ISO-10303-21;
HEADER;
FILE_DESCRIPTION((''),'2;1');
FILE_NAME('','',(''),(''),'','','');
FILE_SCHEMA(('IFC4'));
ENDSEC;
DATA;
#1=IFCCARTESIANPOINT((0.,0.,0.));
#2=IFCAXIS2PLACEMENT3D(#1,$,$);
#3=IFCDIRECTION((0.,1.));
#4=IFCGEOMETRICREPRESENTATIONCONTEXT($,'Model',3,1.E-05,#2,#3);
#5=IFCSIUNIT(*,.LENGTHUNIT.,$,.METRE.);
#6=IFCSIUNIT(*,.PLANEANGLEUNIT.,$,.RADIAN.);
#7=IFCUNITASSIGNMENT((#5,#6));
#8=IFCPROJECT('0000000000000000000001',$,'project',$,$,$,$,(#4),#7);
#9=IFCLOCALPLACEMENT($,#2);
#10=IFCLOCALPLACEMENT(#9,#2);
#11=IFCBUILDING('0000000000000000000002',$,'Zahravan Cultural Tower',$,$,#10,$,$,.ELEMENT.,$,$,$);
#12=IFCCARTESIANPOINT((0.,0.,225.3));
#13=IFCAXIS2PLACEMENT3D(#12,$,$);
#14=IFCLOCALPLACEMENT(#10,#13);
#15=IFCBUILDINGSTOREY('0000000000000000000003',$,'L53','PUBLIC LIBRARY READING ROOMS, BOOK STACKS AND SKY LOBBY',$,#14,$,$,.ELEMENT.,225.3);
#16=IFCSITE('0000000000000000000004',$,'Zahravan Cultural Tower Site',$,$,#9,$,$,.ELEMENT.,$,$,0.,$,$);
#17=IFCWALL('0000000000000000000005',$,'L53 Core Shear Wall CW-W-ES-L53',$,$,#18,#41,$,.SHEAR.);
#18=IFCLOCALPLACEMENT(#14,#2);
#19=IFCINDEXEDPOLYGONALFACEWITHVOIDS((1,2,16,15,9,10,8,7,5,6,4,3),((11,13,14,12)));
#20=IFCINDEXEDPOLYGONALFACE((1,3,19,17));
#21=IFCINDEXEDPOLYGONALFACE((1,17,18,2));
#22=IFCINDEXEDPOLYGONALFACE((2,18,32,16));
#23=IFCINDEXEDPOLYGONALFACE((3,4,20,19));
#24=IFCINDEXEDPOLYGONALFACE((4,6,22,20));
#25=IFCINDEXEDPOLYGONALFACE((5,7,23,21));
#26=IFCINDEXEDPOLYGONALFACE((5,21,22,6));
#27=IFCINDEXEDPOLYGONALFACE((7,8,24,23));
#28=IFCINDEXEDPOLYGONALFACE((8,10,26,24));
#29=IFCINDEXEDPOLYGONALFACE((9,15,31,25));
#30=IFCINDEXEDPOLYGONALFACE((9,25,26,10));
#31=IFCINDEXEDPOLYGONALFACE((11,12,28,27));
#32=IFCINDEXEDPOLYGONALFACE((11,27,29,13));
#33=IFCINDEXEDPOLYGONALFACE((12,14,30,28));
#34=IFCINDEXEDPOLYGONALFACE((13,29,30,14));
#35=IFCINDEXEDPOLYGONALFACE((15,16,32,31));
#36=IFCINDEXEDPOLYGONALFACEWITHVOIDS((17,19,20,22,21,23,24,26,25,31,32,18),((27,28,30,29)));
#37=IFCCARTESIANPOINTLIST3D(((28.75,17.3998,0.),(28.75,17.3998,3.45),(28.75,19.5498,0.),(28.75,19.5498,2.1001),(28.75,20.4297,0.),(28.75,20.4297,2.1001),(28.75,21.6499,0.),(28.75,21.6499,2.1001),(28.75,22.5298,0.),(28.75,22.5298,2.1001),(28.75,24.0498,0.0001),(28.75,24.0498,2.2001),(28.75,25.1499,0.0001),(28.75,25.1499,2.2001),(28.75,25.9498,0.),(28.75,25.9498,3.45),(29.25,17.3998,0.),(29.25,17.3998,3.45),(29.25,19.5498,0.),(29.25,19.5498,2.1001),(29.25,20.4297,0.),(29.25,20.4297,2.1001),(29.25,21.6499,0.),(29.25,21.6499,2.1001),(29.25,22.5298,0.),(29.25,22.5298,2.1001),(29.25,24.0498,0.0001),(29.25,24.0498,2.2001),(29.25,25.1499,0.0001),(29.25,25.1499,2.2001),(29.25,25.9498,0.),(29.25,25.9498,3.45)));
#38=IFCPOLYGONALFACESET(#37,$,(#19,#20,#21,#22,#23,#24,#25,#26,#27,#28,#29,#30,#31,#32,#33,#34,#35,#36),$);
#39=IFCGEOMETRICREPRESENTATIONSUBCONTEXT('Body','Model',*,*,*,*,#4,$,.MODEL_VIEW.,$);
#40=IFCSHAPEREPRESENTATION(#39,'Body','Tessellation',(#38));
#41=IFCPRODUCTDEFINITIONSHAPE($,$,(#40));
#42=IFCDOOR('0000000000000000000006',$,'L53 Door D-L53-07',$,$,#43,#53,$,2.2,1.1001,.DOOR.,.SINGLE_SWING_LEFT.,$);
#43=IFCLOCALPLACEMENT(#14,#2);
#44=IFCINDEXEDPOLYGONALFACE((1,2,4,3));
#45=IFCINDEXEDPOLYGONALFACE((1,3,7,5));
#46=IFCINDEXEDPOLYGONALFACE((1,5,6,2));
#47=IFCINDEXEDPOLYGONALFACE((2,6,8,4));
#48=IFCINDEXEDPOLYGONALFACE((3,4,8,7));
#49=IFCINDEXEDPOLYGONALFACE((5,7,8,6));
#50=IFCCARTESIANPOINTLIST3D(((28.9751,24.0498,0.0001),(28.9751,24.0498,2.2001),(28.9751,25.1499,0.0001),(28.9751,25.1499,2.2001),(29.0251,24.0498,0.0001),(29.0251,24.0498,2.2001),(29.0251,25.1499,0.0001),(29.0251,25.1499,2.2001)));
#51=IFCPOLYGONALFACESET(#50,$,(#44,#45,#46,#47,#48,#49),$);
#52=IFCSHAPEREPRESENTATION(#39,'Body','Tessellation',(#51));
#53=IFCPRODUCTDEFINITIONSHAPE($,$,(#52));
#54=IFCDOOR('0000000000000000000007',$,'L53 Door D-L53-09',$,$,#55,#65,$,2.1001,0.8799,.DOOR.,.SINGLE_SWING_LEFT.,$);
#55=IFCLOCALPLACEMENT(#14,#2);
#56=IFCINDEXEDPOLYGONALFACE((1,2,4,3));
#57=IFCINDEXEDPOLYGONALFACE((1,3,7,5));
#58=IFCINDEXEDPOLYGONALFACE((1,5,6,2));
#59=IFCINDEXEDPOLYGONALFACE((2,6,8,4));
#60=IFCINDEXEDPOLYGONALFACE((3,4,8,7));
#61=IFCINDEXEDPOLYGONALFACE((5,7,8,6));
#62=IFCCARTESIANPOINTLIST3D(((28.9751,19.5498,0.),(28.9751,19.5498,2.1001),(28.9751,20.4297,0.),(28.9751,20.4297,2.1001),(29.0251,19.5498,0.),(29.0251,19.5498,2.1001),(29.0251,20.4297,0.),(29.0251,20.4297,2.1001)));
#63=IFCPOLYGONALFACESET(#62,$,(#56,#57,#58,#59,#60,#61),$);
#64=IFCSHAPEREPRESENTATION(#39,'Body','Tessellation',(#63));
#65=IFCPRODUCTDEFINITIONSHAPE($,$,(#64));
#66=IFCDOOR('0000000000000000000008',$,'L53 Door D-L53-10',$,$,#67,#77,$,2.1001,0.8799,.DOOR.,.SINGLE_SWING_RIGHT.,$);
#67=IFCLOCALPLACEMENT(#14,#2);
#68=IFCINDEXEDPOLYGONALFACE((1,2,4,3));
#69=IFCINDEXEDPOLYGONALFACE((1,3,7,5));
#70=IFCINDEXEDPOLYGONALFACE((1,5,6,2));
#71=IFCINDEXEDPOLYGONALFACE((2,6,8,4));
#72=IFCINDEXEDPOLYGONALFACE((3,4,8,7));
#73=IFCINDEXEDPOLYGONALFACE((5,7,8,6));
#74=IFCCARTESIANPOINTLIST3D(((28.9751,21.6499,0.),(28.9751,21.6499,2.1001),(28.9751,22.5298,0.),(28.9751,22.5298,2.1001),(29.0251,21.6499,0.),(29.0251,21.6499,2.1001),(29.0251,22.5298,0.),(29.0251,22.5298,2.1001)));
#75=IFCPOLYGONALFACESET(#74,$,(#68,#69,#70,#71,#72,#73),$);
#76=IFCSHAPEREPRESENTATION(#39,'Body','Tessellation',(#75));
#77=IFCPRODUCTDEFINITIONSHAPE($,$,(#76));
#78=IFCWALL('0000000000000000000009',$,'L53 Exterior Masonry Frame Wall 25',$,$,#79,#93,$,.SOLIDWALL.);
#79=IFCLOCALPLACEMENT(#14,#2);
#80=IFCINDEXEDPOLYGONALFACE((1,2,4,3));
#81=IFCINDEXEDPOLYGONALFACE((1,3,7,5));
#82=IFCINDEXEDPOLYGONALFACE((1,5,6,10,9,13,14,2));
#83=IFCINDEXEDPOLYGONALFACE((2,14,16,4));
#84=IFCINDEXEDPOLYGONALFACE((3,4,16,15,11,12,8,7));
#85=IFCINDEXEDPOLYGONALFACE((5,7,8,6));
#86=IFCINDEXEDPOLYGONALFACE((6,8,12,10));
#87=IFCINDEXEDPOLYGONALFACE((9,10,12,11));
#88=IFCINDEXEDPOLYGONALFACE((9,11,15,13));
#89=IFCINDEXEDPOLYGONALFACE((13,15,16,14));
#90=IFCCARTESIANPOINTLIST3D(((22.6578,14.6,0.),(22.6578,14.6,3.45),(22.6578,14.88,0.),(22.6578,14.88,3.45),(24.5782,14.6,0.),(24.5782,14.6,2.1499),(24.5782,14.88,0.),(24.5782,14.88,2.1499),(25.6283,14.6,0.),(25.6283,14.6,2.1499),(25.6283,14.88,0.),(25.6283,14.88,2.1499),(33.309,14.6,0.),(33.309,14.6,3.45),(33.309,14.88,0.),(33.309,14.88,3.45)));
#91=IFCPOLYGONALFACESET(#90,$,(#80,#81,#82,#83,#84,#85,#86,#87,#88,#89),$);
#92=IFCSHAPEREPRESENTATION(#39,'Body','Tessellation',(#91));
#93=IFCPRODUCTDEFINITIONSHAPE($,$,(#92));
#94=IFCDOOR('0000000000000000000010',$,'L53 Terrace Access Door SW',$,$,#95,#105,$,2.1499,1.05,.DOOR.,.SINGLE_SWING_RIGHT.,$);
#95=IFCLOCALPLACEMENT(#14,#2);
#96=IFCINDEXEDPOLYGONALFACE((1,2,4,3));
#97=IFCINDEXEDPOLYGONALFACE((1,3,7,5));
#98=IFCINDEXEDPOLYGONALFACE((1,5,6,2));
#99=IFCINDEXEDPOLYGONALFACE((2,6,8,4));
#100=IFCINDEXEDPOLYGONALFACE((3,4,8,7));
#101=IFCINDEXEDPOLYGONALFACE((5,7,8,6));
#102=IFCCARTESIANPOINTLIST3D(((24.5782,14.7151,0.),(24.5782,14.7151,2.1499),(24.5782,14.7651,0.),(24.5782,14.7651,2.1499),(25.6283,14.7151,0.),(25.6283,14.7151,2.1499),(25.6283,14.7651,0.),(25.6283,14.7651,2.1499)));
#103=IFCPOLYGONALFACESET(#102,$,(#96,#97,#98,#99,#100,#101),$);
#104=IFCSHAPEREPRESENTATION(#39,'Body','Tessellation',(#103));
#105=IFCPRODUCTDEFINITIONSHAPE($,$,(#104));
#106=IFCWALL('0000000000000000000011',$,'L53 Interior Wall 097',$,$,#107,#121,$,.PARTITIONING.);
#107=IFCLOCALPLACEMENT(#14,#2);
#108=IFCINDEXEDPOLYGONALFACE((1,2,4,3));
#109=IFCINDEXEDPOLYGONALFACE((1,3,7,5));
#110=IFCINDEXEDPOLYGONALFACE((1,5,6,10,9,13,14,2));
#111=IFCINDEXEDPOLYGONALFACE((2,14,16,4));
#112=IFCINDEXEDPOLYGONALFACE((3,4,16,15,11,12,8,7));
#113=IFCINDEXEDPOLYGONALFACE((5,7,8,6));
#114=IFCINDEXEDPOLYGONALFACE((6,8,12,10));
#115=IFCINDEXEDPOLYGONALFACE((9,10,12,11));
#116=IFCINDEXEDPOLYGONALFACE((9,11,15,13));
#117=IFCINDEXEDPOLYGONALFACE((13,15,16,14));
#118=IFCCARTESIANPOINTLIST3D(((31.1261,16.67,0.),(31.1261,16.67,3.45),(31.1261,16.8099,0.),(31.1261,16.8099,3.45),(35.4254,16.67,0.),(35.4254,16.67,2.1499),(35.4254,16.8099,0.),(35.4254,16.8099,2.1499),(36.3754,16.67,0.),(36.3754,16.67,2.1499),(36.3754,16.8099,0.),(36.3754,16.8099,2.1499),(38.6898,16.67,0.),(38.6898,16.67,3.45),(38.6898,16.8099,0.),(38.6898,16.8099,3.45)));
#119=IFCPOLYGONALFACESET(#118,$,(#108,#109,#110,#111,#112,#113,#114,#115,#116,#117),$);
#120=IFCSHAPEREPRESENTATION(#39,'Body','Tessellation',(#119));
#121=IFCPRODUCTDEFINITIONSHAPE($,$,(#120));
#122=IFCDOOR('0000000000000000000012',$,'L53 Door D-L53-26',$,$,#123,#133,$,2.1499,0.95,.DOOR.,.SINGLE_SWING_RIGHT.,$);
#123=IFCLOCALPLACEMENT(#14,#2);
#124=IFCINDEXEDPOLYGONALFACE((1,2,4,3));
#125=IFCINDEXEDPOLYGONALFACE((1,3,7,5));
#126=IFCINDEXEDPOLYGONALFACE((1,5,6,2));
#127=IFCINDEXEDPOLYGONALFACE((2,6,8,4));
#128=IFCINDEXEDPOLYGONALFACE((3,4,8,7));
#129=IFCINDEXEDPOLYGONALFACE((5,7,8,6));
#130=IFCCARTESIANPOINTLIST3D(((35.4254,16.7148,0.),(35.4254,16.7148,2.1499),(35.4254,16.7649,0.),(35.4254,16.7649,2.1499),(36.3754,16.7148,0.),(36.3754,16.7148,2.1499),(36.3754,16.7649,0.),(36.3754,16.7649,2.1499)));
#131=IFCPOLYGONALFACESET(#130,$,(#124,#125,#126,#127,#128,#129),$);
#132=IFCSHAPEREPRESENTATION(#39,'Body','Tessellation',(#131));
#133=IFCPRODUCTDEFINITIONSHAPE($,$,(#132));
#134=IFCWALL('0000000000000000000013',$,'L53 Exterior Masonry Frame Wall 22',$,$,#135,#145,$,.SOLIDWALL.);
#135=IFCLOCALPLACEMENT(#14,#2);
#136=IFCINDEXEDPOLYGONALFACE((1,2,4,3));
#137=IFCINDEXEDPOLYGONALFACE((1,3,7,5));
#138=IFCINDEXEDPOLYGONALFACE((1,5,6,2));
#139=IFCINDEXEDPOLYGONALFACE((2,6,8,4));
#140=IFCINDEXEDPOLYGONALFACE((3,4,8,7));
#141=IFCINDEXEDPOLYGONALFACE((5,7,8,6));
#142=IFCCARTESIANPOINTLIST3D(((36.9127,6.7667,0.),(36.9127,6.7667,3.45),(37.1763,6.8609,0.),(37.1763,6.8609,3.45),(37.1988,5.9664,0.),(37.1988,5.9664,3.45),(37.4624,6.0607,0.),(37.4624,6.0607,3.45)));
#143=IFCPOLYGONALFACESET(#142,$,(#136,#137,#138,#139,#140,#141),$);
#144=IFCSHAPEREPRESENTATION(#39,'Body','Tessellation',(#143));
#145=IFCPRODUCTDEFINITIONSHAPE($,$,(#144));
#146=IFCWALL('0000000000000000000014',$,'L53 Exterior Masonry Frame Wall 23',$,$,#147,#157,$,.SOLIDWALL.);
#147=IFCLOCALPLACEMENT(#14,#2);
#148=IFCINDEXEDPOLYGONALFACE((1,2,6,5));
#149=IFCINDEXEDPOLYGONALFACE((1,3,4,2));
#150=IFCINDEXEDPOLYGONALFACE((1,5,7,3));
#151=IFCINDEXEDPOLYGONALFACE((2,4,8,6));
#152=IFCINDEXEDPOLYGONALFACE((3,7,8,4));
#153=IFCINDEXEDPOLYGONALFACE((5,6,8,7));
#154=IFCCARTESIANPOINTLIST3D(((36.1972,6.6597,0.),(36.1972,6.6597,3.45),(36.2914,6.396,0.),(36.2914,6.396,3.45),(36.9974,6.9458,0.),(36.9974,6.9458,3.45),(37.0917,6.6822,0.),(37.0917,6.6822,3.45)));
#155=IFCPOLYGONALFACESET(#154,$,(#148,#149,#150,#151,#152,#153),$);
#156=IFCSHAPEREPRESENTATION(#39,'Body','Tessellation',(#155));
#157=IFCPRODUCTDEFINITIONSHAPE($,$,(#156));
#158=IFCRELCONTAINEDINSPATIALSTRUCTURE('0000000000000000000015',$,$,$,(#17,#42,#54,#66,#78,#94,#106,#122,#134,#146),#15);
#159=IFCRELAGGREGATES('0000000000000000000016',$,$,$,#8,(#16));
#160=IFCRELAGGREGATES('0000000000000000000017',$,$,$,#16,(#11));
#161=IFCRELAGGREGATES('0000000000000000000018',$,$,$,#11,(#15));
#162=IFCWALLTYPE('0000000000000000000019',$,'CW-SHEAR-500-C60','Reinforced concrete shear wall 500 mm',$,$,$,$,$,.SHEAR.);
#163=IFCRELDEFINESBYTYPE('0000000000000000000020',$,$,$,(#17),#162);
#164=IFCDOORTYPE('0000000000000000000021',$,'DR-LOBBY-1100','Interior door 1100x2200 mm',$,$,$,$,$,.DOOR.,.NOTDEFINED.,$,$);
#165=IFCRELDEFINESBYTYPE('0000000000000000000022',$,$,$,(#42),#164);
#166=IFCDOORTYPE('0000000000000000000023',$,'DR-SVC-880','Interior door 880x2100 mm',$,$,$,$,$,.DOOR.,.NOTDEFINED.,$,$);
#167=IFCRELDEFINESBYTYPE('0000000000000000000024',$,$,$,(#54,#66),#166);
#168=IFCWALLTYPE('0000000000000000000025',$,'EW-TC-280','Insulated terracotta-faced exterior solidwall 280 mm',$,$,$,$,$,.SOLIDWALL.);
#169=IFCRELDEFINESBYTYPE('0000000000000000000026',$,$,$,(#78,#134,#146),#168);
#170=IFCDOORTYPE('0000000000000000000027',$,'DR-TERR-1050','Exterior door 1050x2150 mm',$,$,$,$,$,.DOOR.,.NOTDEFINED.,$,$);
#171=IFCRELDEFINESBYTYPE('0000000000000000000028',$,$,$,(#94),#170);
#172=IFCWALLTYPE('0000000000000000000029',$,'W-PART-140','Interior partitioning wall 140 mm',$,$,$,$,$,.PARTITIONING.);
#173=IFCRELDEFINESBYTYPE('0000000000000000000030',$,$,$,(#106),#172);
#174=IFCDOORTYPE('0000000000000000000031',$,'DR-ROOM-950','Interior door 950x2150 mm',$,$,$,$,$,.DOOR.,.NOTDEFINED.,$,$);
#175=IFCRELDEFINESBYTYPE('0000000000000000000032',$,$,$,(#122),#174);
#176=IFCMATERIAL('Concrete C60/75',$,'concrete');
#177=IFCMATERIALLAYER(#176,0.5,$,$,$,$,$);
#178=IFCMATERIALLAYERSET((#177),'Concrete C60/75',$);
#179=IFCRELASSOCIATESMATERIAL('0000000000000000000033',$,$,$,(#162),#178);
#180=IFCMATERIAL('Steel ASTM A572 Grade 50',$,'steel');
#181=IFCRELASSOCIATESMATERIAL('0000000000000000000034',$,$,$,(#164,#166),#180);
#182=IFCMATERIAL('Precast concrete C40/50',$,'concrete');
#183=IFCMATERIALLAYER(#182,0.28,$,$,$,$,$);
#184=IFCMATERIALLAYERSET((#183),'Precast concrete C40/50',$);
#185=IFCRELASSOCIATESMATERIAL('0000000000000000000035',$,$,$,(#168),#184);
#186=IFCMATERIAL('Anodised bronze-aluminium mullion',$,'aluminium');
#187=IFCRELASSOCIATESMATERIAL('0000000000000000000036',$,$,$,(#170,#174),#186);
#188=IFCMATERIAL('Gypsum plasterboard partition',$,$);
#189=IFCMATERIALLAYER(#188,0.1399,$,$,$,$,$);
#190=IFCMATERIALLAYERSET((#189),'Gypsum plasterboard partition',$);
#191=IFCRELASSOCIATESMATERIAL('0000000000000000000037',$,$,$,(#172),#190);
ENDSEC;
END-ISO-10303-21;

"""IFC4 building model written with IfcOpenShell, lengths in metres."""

from ifc_helpers import new_model, si_unit, direction, frame, frame_2d, origin, place, context, subcontext, project, spatial, rectangle, extrude, source, transform, mapped, material, layer, layer_set, type_object, element, fill, save


model = new_model("IFC4")

# Units and contexts
model_context = context("Model", 3, precision=1e-05, world=origin(), true_north=direction((0.0, 1.0)))
body_context = subcontext(model_context, "Body", "Model", "MODEL_VIEW")
ifc_project = project(units=[si_unit("LENGTHUNIT", "METRE"), si_unit("PLANEANGLEUNIT", "RADIAN")], contexts=[model_context])

# Site, building, storey
site_placement = place(None, origin())
site = spatial("IfcSite", under=ifc_project, at=site_placement, Name="Zahravan Cultural Tower Site", CompositionType="ELEMENT", RefElevation=0.0)
building_placement = place(site_placement, origin())
building = spatial("IfcBuilding", under=site, at=building_placement, Name="Zahravan Cultural Tower", CompositionType="ELEMENT")
storey_placement = place(building_placement, frame((0.0, 0.0, 225.3)))
storey = spatial("IfcBuildingStorey", under=building, at=storey_placement, Name="L53", Description="PUBLIC LIBRARY READING ROOMS, BOOK STACKS AND SKY LOBBY", CompositionType="ELEMENT", Elevation=225.3)

# Wall, openings, doors
ifc_material_1 = material(Name="Concrete C60/75", Category="concrete")
ifc_layer_1 = layer(ifc_material_1, 0.5)
ifc_layer_set_1 = layer_set([ifc_layer_1], Name="Concrete C60/75")
wall_type_1 = type_object("IfcWallType", Name="CW-SHEAR-500-C60", Description="Reinforced concrete shear wall 500 mm", PredefinedType="SHEAR", material=ifc_layer_set_1)
wall_1_placement = place(storey_placement, frame((29.0, 17.3999, 0.0), z_axis=(0.0, 0.0, 1.0), x_axis=(0.0, 1.0, 0.0)))
wall_1 = element("IfcWall", 1, at=wall_1_placement, inside=storey, type_object=wall_type_1, Name="L53 Core Shear Wall CW-W-ES-L53", PredefinedType="SHEAR", context=body_context, shape_type="SweptSolid", body=[
    extrude(rectangle(XDim=8.55, YDim=0.5, at=frame_2d((4.2749, 0.0))), origin(), (0.0, 0.0, 1.0), 3.45),
])
opening_1_placement = place(wall_1_placement, frame((6.6499, 0.0, 0.0)))
opening_1 = element("IfcOpeningElement", 2, at=opening_1_placement, cuts=wall_1, PredefinedType="OPENING", context=body_context, shape_type="SweptSolid", body=[
    extrude(rectangle(XDim=1.1001, YDim=2.2, at=frame_2d((0.55, 1.1001))), frame((0.0, 0.26, 0.0), z_axis=(0.0, -1.0, 0.0), x_axis=(1.0, 0.0, 0.0)), (0.0, 0.0, 1.0), 0.52),
])
opening_2_placement = place(wall_1_placement, frame((2.1499, 0.0, 0.0)))
opening_2 = element("IfcOpeningElement", 3, at=opening_2_placement, cuts=wall_1, PredefinedType="OPENING", context=body_context, shape_type="SweptSolid", body=[
    extrude(rectangle(XDim=0.8799, YDim=2.1001, at=frame_2d((0.4399, 1.05))), frame((0.0, 0.26, 0.0), z_axis=(0.0, -1.0, 0.0), x_axis=(1.0, 0.0, 0.0)), (0.0, 0.0, 1.0), 0.52),
])
opening_3_placement = place(wall_1_placement, frame((4.25, 0.0, 0.0)))
opening_3 = element("IfcOpeningElement", 4, at=opening_3_placement, cuts=wall_1, PredefinedType="OPENING", context=body_context, shape_type="SweptSolid", body=[
    extrude(rectangle(XDim=0.8799, YDim=2.1001, at=frame_2d((0.4399, 1.05))), frame((0.0, 0.26, 0.0), z_axis=(0.0, -1.0, 0.0), x_axis=(1.0, 0.0, 0.0)), (0.0, 0.0, 1.0), 0.52),
])
ifc_material_2 = material(Name="Steel ASTM A572 Grade 50", Category="steel")
door_type_1 = type_object("IfcDoorType", Name="DR-LOBBY-1100", Description="Interior door 1100x2200 mm", OperationType="NOTDEFINED", PredefinedType="DOOR", material=ifc_material_2)
shared_shape_1 = source(origin(), body_context, "Body", "SweptSolid", [
    extrude(rectangle(XDim=1.1001, YDim=2.2, at=frame_2d((0.55, 1.1001))), frame((0.0, 0.0249, 0.0), z_axis=(0.0, -1.0, 0.0), x_axis=(1.0, 0.0, 0.0)), (0.0, 0.0, 1.0), 0.05),
])
door_1_placement = place(opening_1_placement, origin())
door_1 = element("IfcDoor", 5, at=door_1_placement, inside=storey, type_object=door_type_1, Name="L53 Door D-L53-07", OperationType="SINGLE_SWING_LEFT", OverallHeight=2.2, OverallWidth=1.1001, PredefinedType="DOOR", context=body_context, shape_type="MappedRepresentation", body=[
    mapped(shared_shape_1, transform((0.0, 0.0, 0.0), x_axis=(1.0, 0.0, 0.0), y_axis=(0.0, 1.0, 0.0), z_axis=(0.0, 0.0, 1.0), scale=1.0)),
])
fill(opening_1, door_1)
door_type_2 = type_object("IfcDoorType", Name="DR-SVC-880", Description="Interior door 880x2100 mm", OperationType="NOTDEFINED", PredefinedType="DOOR", material=ifc_material_2)
shared_shape_2 = source(origin(), body_context, "Body", "SweptSolid", [
    extrude(rectangle(XDim=0.8799, YDim=2.1001, at=frame_2d((0.4399, 1.05))), frame((0.0, 0.0249, 0.0), z_axis=(0.0, -1.0, 0.0), x_axis=(1.0, 0.0, 0.0)), (0.0, 0.0, 1.0), 0.05),
])
door_2_placement = place(opening_2_placement, origin())
door_2 = element("IfcDoor", 6, at=door_2_placement, inside=storey, type_object=door_type_2, Name="L53 Door D-L53-09", OperationType="SINGLE_SWING_LEFT", OverallHeight=2.1001, OverallWidth=0.8799, PredefinedType="DOOR", context=body_context, shape_type="MappedRepresentation", body=[
    mapped(shared_shape_2, transform((0.0, 0.0, 0.0), x_axis=(1.0, 0.0, 0.0), y_axis=(0.0, 1.0, 0.0), z_axis=(0.0, 0.0, 1.0), scale=1.0)),
])
fill(opening_2, door_2)
door_3_placement = place(opening_3_placement, origin())
door_3 = element("IfcDoor", 7, at=door_3_placement, inside=storey, type_object=door_type_2, Name="L53 Door D-L53-10", OperationType="SINGLE_SWING_RIGHT", OverallHeight=2.1001, OverallWidth=0.8799, PredefinedType="DOOR", context=body_context, shape_type="MappedRepresentation", body=[
    mapped(shared_shape_2, transform((0.0, 0.0, 0.0), x_axis=(1.0, 0.0, 0.0), y_axis=(0.0, 1.0, 0.0), z_axis=(0.0, 0.0, 1.0), scale=1.0)),
])
fill(opening_3, door_3)

# Walls, openings, doors
ifc_material_3 = material(Name="Precast concrete C40/50", Category="concrete")
ifc_layer_2 = layer(ifc_material_3, 0.28)
ifc_layer_set_2 = layer_set([ifc_layer_2], Name="Precast concrete C40/50")
wall_type_2 = type_object("IfcWallType", Name="EW-TC-280", Description="Insulated terracotta-faced exterior solidwall 280 mm", PredefinedType="SOLIDWALL", material=ifc_layer_set_2)
wall_2_placement = place(storey_placement, frame((33.3091, 14.74, 0.0), z_axis=(0.0, 0.0, 1.0), x_axis=(-1.0, 0.0, 0.0)))
wall_2 = element("IfcWall", 8, at=wall_2_placement, inside=storey, type_object=wall_type_2, Name="L53 Exterior Masonry Frame Wall 25", PredefinedType="SOLIDWALL", context=body_context, shape_type="SweptSolid", body=[
    extrude(rectangle(XDim=10.6511, YDim=0.28, at=frame_2d((5.3257, 0.0))), origin(), (0.0, 0.0, 1.0), 3.45),
])
opening_4_placement = place(wall_2_placement, frame((7.6809, 0.0, 0.0)))
opening_4 = element("IfcOpeningElement", 9, at=opening_4_placement, cuts=wall_2, PredefinedType="OPENING", context=body_context, shape_type="SweptSolid", body=[
    extrude(rectangle(XDim=1.05, YDim=2.1499, at=frame_2d((0.5249, 1.075))), frame((0.0, 0.1499, 0.0), z_axis=(0.0, -1.0, 0.0), x_axis=(1.0, 0.0, 0.0)), (0.0, 0.0, 1.0), 0.3),
])
ifc_material_4 = material(Name="Anodised bronze-aluminium mullion", Category="aluminium")
door_type_3 = type_object("IfcDoorType", Name="DR-TERR-1050", Description="Exterior door 1050x2150 mm", OperationType="NOTDEFINED", PredefinedType="DOOR", material=ifc_material_4)
shared_shape_3 = source(origin(), body_context, "Body", "SweptSolid", [
    extrude(rectangle(XDim=1.05, YDim=2.1499, at=frame_2d((0.5249, 1.075))), frame((0.0, 0.0249, 0.0), z_axis=(0.0, -1.0, 0.0), x_axis=(1.0, 0.0, 0.0)), (0.0, 0.0, 1.0), 0.05),
])
door_4_placement = place(opening_4_placement, origin())
door_4 = element("IfcDoor", 10, at=door_4_placement, inside=storey, type_object=door_type_3, Name="L53 Terrace Access Door SW", OperationType="SINGLE_SWING_RIGHT", OverallHeight=2.1499, OverallWidth=1.05, PredefinedType="DOOR", context=body_context, shape_type="MappedRepresentation", body=[
    mapped(shared_shape_3, transform((0.0, 0.0, 0.0), x_axis=(1.0, 0.0, 0.0), y_axis=(0.0, 1.0, 0.0), z_axis=(0.0, 0.0, 1.0), scale=1.0)),
])
fill(opening_4, door_4)
ifc_material_5 = material(Name="Gypsum plasterboard partition")
ifc_layer_3 = layer(ifc_material_5, 0.1399)
ifc_layer_set_3 = layer_set([ifc_layer_3], Name="Gypsum plasterboard partition")
wall_type_3 = type_object("IfcWallType", Name="W-PART-140", Description="Interior partitioning wall 140 mm", PredefinedType="PARTITIONING", material=ifc_layer_set_3)
wall_3_placement = place(storey_placement, frame((31.1262, 16.74, 0.0), z_axis=(0.0, 0.0, 1.0), x_axis=(1.0, 0.0, 0.0)))
wall_3 = element("IfcWall", 11, at=wall_3_placement, inside=storey, type_object=wall_type_3, Name="L53 Interior Wall 097", PredefinedType="PARTITIONING", context=body_context, shape_type="SweptSolid", body=[
    extrude(rectangle(XDim=7.5637, YDim=0.1399, at=frame_2d((3.7817, 0.0))), origin(), (0.0, 0.0, 1.0), 3.45),
])
opening_5_placement = place(wall_3_placement, frame((4.2991, 0.0, 0.0)))
opening_5 = element("IfcOpeningElement", 12, at=opening_5_placement, cuts=wall_3, PredefinedType="OPENING", context=body_context, shape_type="SweptSolid", body=[
    extrude(rectangle(XDim=0.95, YDim=2.1499, at=frame_2d((0.4751, 1.075))), frame((0.0, 0.0798, 0.0), z_axis=(0.0, -1.0, 0.0), x_axis=(1.0, 0.0, 0.0)), (0.0, 0.0, 1.0), 0.1599),
])
door_type_4 = type_object("IfcDoorType", Name="DR-ROOM-950", Description="Interior door 950x2150 mm", OperationType="NOTDEFINED", PredefinedType="DOOR", material=ifc_material_4)
shared_shape_4 = source(origin(), body_context, "Body", "SweptSolid", [
    extrude(rectangle(XDim=0.95, YDim=2.1499, at=frame_2d((0.4751, 1.075))), frame((0.0, 0.0249, 0.0), z_axis=(0.0, -1.0, 0.0), x_axis=(1.0, 0.0, 0.0)), (0.0, 0.0, 1.0), 0.05),
])
door_5_placement = place(opening_5_placement, origin())
door_5 = element("IfcDoor", 13, at=door_5_placement, inside=storey, type_object=door_type_4, Name="L53 Door D-L53-26", OperationType="SINGLE_SWING_RIGHT", OverallHeight=2.1499, OverallWidth=0.95, PredefinedType="DOOR", context=body_context, shape_type="MappedRepresentation", body=[
    mapped(shared_shape_4, transform((0.0, 0.0, 0.0), x_axis=(1.0, 0.0, 0.0), y_axis=(0.0, 1.0, 0.0), z_axis=(0.0, 0.0, 1.0), scale=1.0)),
])
fill(opening_5, door_5)

# Walls
shared_shape_5 = source(origin(), body_context, "Body", "SweptSolid", [
    extrude(rectangle(XDim=0.8499, YDim=0.28, at=frame_2d((0.4248, 0.0))), origin(), (0.0, 0.0, 1.0), 3.45),
])
for number, where, z_axis, x_axis, name in (
    (14, (37.3306, 6.0137, 0.0), (0.0, 0.0, 1.0), (-0.336664, 0.941625, 0.0), "L53 Exterior Masonry Frame Wall 22"),
    (15, (37.0444, 6.814, 0.0), (0.0, 0.0, 1.0), (-0.941625, -0.336664, 0.0), "L53 Exterior Masonry Frame Wall 23"),
):
    element("IfcWall", number, at=place(storey_placement, frame(where, z_axis=z_axis, x_axis=x_axis)), inside=storey, type_object=wall_type_2, Name=name, PredefinedType="SOLIDWALL", context=body_context, shape_type="MappedRepresentation", body=[
        mapped(shared_shape_5, transform((0.0, 0.0, 0.0), x_axis=(1.0, 0.0, 0.0), y_axis=(0.0, 1.0, 0.0), z_axis=(0.0, 0.0, 1.0), scale=1.0)),
    ])

save(model, "model.ifc")
